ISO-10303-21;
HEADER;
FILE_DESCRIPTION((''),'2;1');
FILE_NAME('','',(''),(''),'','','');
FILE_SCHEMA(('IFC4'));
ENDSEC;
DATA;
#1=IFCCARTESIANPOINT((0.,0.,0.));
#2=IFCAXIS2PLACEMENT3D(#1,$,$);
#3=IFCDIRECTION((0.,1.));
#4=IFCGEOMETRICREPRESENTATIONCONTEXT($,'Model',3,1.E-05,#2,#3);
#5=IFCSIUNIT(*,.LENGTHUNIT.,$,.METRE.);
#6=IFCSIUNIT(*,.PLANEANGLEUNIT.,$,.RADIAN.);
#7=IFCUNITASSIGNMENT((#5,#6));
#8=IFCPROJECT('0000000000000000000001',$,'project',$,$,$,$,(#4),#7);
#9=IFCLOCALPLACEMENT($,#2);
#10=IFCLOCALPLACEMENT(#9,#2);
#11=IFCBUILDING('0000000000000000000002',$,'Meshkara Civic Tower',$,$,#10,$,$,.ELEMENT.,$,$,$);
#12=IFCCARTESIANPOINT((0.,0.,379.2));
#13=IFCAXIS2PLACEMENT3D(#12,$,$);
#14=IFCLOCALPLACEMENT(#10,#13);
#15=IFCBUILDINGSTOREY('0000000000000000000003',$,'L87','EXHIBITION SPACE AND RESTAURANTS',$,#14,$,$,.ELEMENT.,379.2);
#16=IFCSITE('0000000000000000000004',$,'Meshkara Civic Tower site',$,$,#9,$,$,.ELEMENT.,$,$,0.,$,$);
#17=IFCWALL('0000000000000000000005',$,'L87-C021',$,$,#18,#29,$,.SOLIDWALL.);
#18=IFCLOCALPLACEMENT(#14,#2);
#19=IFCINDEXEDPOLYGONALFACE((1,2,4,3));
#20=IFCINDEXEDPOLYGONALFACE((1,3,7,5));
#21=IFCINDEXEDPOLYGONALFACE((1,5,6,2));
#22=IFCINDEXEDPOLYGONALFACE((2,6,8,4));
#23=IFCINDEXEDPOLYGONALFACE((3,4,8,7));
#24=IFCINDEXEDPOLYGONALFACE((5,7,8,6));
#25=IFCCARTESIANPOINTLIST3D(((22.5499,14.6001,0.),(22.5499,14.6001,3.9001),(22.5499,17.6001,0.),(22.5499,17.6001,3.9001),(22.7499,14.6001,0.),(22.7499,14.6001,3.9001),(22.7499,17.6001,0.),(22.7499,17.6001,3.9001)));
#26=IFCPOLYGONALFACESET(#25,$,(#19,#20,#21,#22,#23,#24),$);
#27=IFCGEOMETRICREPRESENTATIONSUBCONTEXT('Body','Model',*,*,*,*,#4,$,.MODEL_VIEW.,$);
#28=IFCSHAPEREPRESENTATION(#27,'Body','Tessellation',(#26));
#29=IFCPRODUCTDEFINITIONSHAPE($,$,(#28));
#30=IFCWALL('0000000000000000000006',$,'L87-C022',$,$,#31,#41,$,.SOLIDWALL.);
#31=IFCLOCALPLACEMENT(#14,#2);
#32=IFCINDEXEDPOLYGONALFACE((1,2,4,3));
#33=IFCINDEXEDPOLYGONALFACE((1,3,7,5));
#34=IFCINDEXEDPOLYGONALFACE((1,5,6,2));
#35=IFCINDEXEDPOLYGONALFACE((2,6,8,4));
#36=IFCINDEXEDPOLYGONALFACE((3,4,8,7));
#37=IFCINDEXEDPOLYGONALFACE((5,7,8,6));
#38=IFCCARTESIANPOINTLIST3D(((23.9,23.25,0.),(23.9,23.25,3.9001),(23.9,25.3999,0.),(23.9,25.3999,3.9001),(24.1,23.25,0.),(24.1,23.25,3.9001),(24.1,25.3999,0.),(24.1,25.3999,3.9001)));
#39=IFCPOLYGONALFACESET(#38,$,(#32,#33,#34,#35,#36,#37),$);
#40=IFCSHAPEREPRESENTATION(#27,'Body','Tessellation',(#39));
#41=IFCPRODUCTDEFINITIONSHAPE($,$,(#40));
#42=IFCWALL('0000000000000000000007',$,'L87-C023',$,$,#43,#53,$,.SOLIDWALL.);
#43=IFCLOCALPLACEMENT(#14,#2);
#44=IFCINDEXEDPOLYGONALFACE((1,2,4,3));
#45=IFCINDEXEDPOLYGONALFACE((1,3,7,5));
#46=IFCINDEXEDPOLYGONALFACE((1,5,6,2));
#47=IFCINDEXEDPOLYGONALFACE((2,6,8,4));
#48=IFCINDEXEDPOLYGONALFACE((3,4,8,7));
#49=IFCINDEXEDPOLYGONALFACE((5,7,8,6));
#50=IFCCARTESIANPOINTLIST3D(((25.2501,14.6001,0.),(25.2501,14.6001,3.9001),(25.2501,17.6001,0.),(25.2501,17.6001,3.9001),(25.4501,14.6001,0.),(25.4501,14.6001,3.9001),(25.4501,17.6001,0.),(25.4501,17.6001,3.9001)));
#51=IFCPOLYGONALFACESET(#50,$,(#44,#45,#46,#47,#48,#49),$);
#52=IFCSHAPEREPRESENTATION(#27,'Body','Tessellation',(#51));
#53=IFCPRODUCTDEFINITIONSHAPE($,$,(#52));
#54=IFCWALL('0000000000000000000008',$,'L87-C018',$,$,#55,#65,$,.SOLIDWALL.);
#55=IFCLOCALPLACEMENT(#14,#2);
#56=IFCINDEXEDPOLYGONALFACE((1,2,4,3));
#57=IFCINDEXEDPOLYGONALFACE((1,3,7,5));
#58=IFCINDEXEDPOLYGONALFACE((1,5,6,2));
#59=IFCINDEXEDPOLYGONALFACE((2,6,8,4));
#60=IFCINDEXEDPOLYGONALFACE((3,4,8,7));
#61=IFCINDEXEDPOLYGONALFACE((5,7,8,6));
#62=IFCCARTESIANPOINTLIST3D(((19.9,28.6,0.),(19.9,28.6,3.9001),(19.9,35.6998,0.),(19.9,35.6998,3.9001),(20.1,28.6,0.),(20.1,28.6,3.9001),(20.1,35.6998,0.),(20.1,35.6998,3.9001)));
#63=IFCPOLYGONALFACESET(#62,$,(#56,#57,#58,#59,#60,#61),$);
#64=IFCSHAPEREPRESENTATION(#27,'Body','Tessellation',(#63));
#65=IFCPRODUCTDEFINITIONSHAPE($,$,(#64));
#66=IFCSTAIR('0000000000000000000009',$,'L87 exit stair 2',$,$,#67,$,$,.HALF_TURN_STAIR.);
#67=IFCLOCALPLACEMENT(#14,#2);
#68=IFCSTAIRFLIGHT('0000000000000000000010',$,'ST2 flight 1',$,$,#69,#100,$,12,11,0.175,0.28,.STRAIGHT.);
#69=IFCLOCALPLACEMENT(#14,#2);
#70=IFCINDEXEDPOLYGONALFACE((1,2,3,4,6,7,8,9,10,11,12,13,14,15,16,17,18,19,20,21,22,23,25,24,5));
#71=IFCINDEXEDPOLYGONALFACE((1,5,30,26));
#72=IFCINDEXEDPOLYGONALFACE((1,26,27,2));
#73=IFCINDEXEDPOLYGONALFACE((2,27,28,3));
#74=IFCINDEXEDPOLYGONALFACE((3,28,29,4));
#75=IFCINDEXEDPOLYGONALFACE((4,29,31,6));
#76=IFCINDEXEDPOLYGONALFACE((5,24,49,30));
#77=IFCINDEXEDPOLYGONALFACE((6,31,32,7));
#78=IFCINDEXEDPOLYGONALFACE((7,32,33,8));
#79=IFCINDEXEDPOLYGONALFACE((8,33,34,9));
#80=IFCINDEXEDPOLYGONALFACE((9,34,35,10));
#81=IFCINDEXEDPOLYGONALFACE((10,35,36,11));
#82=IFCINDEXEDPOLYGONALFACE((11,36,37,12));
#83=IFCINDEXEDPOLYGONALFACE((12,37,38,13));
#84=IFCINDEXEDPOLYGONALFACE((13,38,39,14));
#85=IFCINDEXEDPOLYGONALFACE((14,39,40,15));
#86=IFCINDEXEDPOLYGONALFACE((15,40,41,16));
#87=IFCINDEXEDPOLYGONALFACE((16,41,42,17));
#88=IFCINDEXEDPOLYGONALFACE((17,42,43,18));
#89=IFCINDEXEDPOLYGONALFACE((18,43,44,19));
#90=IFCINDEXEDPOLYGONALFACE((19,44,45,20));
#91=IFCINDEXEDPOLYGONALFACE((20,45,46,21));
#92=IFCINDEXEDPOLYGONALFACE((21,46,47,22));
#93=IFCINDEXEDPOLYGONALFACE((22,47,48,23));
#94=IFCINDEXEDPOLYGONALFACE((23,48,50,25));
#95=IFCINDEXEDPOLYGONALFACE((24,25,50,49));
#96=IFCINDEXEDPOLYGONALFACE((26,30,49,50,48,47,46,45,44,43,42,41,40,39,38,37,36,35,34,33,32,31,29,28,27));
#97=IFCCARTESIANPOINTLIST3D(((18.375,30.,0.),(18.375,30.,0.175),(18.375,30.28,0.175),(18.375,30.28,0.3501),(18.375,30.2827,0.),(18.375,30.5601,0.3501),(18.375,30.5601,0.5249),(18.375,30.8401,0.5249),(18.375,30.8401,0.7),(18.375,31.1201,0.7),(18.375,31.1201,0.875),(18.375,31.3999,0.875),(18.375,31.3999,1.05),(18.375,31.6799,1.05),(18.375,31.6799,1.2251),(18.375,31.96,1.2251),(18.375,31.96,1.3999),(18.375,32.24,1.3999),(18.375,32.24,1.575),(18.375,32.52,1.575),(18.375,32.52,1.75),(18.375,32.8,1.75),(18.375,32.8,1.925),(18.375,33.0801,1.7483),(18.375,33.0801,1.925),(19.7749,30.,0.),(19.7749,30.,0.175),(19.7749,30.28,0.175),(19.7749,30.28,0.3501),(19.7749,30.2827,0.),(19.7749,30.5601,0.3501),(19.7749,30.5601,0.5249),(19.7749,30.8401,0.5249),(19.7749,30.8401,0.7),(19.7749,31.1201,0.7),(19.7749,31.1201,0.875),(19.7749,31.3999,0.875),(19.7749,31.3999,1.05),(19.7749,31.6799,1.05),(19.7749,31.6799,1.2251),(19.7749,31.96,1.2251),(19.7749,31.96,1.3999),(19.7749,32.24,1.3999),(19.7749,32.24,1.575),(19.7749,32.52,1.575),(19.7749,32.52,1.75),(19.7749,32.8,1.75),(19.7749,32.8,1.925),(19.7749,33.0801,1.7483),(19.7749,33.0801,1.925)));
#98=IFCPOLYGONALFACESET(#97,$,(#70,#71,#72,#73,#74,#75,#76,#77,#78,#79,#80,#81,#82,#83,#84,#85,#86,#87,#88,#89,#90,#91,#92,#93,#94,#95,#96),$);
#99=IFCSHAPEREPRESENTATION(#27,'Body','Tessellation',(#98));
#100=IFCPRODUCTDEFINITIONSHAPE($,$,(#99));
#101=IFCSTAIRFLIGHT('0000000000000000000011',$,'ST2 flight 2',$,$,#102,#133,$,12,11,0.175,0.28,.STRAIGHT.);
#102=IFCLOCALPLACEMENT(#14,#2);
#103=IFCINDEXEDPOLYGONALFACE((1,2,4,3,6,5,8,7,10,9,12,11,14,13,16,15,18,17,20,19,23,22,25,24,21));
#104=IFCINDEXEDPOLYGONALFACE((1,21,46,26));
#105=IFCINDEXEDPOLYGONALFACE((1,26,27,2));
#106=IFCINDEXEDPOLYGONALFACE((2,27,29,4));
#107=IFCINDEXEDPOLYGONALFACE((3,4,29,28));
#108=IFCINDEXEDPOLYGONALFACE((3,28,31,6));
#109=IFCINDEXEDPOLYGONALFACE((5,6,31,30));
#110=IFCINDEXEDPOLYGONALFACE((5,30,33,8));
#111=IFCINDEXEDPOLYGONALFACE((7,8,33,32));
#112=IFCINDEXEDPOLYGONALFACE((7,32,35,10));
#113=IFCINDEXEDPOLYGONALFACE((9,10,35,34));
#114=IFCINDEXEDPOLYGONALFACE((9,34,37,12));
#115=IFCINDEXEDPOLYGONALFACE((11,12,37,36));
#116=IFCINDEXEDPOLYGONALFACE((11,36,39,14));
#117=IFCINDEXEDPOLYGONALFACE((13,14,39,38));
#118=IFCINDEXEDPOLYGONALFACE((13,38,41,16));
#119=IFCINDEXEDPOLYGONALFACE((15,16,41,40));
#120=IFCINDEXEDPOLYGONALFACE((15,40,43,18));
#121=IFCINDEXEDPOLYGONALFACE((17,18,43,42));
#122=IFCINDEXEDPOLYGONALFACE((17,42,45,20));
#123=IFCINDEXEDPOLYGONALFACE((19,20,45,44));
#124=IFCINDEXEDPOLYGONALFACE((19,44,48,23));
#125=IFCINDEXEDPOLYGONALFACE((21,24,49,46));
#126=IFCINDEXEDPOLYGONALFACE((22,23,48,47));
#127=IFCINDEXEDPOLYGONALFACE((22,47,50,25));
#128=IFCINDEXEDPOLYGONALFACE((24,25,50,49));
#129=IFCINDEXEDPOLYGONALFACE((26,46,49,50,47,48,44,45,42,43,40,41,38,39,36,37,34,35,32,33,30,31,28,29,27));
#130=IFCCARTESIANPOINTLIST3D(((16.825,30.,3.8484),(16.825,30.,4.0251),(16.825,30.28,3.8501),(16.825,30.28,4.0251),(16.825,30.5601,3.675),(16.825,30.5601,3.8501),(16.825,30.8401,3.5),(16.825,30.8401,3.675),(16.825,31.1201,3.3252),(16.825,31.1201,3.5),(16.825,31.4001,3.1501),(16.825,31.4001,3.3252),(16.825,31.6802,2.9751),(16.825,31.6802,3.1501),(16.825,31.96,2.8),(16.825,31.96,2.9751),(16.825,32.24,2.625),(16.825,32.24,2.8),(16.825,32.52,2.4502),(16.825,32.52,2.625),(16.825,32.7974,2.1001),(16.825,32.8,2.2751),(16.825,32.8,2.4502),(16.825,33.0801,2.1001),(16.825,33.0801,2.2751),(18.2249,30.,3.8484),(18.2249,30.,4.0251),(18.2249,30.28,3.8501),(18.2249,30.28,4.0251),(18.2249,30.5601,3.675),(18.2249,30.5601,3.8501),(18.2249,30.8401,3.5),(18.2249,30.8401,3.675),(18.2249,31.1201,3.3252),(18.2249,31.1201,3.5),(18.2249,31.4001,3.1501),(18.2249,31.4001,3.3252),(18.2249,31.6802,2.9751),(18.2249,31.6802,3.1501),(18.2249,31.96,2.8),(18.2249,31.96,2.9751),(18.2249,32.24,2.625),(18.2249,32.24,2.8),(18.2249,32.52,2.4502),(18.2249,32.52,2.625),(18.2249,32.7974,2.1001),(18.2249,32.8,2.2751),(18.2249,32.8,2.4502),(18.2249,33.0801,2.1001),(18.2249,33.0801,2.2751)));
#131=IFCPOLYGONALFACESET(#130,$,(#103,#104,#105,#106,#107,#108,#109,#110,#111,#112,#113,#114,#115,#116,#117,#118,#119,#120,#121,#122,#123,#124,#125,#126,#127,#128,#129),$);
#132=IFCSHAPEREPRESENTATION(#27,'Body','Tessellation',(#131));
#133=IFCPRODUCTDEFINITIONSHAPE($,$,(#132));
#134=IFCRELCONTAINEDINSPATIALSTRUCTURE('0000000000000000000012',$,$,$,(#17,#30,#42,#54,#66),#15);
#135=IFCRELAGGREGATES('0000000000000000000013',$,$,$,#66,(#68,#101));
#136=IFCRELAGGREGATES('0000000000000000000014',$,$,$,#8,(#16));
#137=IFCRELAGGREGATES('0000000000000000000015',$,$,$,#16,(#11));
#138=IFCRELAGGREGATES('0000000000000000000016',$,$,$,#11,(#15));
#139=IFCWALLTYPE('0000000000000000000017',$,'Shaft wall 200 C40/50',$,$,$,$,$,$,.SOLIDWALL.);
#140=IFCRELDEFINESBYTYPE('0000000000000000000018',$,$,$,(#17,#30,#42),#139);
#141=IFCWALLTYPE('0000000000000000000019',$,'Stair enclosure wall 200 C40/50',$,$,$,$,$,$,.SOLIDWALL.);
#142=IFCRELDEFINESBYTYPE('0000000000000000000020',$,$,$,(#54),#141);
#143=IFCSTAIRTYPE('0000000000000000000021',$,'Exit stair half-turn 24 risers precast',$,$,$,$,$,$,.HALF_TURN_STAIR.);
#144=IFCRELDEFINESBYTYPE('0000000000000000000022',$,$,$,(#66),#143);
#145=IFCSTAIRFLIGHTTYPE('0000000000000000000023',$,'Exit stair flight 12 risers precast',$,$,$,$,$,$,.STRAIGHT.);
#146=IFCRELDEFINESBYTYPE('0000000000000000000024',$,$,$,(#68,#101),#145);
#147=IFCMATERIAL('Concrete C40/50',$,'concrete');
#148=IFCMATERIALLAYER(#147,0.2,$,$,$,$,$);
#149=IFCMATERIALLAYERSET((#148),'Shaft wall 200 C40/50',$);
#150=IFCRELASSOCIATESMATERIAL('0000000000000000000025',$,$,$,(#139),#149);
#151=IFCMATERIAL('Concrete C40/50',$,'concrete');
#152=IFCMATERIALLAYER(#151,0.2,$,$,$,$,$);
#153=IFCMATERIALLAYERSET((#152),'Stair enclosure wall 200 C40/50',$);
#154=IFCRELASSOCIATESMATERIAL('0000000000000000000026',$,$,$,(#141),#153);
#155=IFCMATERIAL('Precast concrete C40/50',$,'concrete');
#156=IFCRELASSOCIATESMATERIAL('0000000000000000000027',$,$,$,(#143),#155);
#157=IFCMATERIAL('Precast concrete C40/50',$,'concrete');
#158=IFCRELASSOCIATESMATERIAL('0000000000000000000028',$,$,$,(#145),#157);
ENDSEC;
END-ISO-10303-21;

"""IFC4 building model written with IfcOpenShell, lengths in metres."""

from ifc_helpers import new_model, si_unit, direction, frame, frame_2d, origin, place, context, subcontext, project, spatial, polyline, rectangle, outline, extrude, material, layer, layer_set, type_object, element, aggregate, save


model = new_model("IFC4")

# Units and contexts
model_context = context("Model", 3, precision=1e-05, world=origin(), true_north=direction((0.0, 1.0)))
body_context = subcontext(model_context, "Body", "Model", "MODEL_VIEW")
ifc_project = project(units=[si_unit("LENGTHUNIT", "METRE"), si_unit("PLANEANGLEUNIT", "RADIAN")], contexts=[model_context])

# Site, building, storey
site_placement = place(None, origin())
site = spatial("IfcSite", under=ifc_project, at=site_placement, Name="Meshkara Civic Tower site", CompositionType="ELEMENT", RefElevation=0.0)
building_placement = place(site_placement, origin())
building = spatial("IfcBuilding", under=site, at=building_placement, Name="Meshkara Civic Tower", CompositionType="ELEMENT")
storey_placement = place(building_placement, frame((0.0, 0.0, 379.2)))
storey = spatial("IfcBuildingStorey", under=building, at=storey_placement, Name="L87", Description="EXHIBITION SPACE AND RESTAURANTS", CompositionType="ELEMENT", Elevation=379.2)

# Shared definitions
ifc_material_1 = material(Name="Concrete C40/50", Category="concrete")
ifc_layer_1 = layer(ifc_material_1, 0.2)
ifc_layer_set_1 = layer_set([ifc_layer_1], Name="Shaft wall 200 C40/50")
wall_type_1 = type_object("IfcWallType", Name="Shaft wall 200 C40/50", PredefinedType="SOLIDWALL", material=ifc_layer_set_1)

# Walls
wall_1_placement = place(storey_placement, frame((22.6499, 14.6001, 0.0), z_axis=(0.0, 0.0, 1.0), x_axis=(0.0, 1.0, 0.0)))
element("IfcWall", 1, at=wall_1_placement, inside=storey, type_object=wall_type_1, Name="L87-C021", PredefinedType="SOLIDWALL", context=body_context, shape_type="SweptSolid", body=[
    extrude(rectangle(XDim=3.0, YDim=0.2, at=frame_2d((1.5, 0.0))), origin(), (0.0, 0.0, 1.0), 3.9001),
])
wall_2_placement = place(storey_placement, frame((24.0, 23.25, 0.0), z_axis=(0.0, 0.0, 1.0), x_axis=(0.0, 1.0, 0.0)))
element("IfcWall", 2, at=wall_2_placement, inside=storey, type_object=wall_type_1, Name="L87-C022", PredefinedType="SOLIDWALL", context=body_context, shape_type="SweptSolid", body=[
    extrude(rectangle(XDim=2.1499, YDim=0.2, at=frame_2d((1.075, 0.0))), origin(), (0.0, 0.0, 1.0), 3.9001),
])
wall_3_placement = place(storey_placement, frame((25.3501, 14.6001, 0.0), z_axis=(0.0, 0.0, 1.0), x_axis=(0.0, 1.0, 0.0)))
element("IfcWall", 3, at=wall_3_placement, inside=storey, type_object=wall_type_1, Name="L87-C023", PredefinedType="SOLIDWALL", context=body_context, shape_type="SweptSolid", body=[
    extrude(rectangle(XDim=3.0, YDim=0.2, at=frame_2d((1.5, 0.0))), origin(), (0.0, 0.0, 1.0), 3.9001),
])
ifc_material_2 = material(Name="Concrete C40/50", Category="concrete")
ifc_layer_2 = layer(ifc_material_2, 0.2)
ifc_layer_set_2 = layer_set([ifc_layer_2], Name="Stair enclosure wall 200 C40/50")
wall_type_2 = type_object("IfcWallType", Name="Stair enclosure wall 200 C40/50", PredefinedType="SOLIDWALL", material=ifc_layer_set_2)
wall_4_placement = place(storey_placement, frame((20.0, 28.6001, 0.0), z_axis=(0.0, 0.0, 1.0), x_axis=(0.0, 1.0, 0.0)))
element("IfcWall", 4, at=wall_4_placement, inside=storey, type_object=wall_type_2, Name="L87-C018", PredefinedType="SOLIDWALL", context=body_context, shape_type="SweptSolid", body=[
    extrude(rectangle(XDim=7.0999, YDim=0.2, at=frame_2d((3.5498, 0.0))), origin(), (0.0, 0.0, 1.0), 3.9001),
])

# Stair, stair flights
ifc_material_3 = material(Name="Precast concrete C40/50", Category="concrete")
stair_type = type_object("IfcStairType", Name="Exit stair half-turn 24 risers precast", PredefinedType="HALF_TURN_STAIR", material=ifc_material_3)
stair_placement = place(storey_placement, origin())
stair = element("IfcStair", 5, at=stair_placement, inside=storey, type_object=stair_type, Name="L87 exit stair 2", PredefinedType="HALF_TURN_STAIR")
ifc_material_4 = material(Name="Precast concrete C40/50", Category="concrete")
stair_flight_type = type_object("IfcStairFlightType", Name="Exit stair flight 12 risers precast", PredefinedType="STRAIGHT", material=ifc_material_4)
stair_flight_1_placement = place(storey_placement, frame((19.075, 30.0, 0.0), z_axis=(0.0, 0.0, 1.0), x_axis=(0.0, 1.0, 0.0)))
stair_flight_1 = element("IfcStairFlight", 6, at=stair_flight_1_placement, type_object=stair_flight_type, Name="ST2 flight 1", NumberOfRisers=12, NumberOfTreads=11, PredefinedType="STRAIGHT", RiserHeight=0.175, TreadLength=0.28, context=body_context, shape_type="SweptSolid", body=[
    extrude(outline(polyline([(0.0, 0.0), (0.0, 0.175), (0.28, 0.175), (0.28, 0.3501), (0.5601, 0.3501), (0.5601, 0.5249), (0.8401, 0.5249), (0.8401, 0.7), (1.1201, 0.7), (1.1201, 0.875), (1.3999, 0.875), (1.3999, 1.05), (1.6799, 1.05), (1.6799, 1.2251), (1.96, 1.2251), (1.96, 1.3999), (2.24, 1.3999), (2.24, 1.575), (2.52, 1.575), (2.52, 1.75), (2.8, 1.75), (2.8, 1.925), (3.0801, 1.925), (3.0801, 2.1001), (3.0801, 1.7483), (0.2827, 0.0), (0.0, 0.0)])), frame((0.0, 0.7, 0.0), z_axis=(0.0, -1.0, 0.0), x_axis=(1.0, 0.0, 0.0)), (0.0, 0.0, 1.0), 1.3999),
])
stair_flight_2_placement = place(storey_placement, frame((17.5249, 33.0801, 2.1001), z_axis=(0.0, 0.0, 1.0), x_axis=(0.0, -1.0, 0.0)))
stair_flight_2 = element("IfcStairFlight", 7, at=stair_flight_2_placement, type_object=stair_flight_type, Name="ST2 flight 2", NumberOfRisers=12, NumberOfTreads=11, PredefinedType="STRAIGHT", RiserHeight=0.175, TreadLength=0.28, context=body_context, shape_type="SweptSolid", body=[
    extrude(outline(polyline([(0.0, 0.0), (0.0, 0.175), (0.28, 0.175), (0.28, 0.3501), (0.5601, 0.3501), (0.5601, 0.5249), (0.8401, 0.5249), (0.8401, 0.7), (1.1201, 0.7), (1.1201, 0.875), (1.3999, 0.875), (1.3999, 1.05), (1.6799, 1.05), (1.6799, 1.2251), (1.96, 1.2251), (1.96, 1.3999), (2.24, 1.3999), (2.24, 1.575), (2.52, 1.575), (2.52, 1.75), (2.8, 1.75), (2.8, 1.925), (3.0801, 1.925), (3.0801, 2.1001), (3.0801, 1.7483), (0.2827, 0.0), (0.0, 0.0)])), frame((0.0, 0.7, 0.0), z_axis=(0.0, -1.0, 0.0), x_axis=(1.0, 0.0, 0.0)), (0.0, 0.0, 1.0), 1.3999),
])
aggregate(stair, [stair_flight_1, stair_flight_2])

save(model, "model.ifc")
